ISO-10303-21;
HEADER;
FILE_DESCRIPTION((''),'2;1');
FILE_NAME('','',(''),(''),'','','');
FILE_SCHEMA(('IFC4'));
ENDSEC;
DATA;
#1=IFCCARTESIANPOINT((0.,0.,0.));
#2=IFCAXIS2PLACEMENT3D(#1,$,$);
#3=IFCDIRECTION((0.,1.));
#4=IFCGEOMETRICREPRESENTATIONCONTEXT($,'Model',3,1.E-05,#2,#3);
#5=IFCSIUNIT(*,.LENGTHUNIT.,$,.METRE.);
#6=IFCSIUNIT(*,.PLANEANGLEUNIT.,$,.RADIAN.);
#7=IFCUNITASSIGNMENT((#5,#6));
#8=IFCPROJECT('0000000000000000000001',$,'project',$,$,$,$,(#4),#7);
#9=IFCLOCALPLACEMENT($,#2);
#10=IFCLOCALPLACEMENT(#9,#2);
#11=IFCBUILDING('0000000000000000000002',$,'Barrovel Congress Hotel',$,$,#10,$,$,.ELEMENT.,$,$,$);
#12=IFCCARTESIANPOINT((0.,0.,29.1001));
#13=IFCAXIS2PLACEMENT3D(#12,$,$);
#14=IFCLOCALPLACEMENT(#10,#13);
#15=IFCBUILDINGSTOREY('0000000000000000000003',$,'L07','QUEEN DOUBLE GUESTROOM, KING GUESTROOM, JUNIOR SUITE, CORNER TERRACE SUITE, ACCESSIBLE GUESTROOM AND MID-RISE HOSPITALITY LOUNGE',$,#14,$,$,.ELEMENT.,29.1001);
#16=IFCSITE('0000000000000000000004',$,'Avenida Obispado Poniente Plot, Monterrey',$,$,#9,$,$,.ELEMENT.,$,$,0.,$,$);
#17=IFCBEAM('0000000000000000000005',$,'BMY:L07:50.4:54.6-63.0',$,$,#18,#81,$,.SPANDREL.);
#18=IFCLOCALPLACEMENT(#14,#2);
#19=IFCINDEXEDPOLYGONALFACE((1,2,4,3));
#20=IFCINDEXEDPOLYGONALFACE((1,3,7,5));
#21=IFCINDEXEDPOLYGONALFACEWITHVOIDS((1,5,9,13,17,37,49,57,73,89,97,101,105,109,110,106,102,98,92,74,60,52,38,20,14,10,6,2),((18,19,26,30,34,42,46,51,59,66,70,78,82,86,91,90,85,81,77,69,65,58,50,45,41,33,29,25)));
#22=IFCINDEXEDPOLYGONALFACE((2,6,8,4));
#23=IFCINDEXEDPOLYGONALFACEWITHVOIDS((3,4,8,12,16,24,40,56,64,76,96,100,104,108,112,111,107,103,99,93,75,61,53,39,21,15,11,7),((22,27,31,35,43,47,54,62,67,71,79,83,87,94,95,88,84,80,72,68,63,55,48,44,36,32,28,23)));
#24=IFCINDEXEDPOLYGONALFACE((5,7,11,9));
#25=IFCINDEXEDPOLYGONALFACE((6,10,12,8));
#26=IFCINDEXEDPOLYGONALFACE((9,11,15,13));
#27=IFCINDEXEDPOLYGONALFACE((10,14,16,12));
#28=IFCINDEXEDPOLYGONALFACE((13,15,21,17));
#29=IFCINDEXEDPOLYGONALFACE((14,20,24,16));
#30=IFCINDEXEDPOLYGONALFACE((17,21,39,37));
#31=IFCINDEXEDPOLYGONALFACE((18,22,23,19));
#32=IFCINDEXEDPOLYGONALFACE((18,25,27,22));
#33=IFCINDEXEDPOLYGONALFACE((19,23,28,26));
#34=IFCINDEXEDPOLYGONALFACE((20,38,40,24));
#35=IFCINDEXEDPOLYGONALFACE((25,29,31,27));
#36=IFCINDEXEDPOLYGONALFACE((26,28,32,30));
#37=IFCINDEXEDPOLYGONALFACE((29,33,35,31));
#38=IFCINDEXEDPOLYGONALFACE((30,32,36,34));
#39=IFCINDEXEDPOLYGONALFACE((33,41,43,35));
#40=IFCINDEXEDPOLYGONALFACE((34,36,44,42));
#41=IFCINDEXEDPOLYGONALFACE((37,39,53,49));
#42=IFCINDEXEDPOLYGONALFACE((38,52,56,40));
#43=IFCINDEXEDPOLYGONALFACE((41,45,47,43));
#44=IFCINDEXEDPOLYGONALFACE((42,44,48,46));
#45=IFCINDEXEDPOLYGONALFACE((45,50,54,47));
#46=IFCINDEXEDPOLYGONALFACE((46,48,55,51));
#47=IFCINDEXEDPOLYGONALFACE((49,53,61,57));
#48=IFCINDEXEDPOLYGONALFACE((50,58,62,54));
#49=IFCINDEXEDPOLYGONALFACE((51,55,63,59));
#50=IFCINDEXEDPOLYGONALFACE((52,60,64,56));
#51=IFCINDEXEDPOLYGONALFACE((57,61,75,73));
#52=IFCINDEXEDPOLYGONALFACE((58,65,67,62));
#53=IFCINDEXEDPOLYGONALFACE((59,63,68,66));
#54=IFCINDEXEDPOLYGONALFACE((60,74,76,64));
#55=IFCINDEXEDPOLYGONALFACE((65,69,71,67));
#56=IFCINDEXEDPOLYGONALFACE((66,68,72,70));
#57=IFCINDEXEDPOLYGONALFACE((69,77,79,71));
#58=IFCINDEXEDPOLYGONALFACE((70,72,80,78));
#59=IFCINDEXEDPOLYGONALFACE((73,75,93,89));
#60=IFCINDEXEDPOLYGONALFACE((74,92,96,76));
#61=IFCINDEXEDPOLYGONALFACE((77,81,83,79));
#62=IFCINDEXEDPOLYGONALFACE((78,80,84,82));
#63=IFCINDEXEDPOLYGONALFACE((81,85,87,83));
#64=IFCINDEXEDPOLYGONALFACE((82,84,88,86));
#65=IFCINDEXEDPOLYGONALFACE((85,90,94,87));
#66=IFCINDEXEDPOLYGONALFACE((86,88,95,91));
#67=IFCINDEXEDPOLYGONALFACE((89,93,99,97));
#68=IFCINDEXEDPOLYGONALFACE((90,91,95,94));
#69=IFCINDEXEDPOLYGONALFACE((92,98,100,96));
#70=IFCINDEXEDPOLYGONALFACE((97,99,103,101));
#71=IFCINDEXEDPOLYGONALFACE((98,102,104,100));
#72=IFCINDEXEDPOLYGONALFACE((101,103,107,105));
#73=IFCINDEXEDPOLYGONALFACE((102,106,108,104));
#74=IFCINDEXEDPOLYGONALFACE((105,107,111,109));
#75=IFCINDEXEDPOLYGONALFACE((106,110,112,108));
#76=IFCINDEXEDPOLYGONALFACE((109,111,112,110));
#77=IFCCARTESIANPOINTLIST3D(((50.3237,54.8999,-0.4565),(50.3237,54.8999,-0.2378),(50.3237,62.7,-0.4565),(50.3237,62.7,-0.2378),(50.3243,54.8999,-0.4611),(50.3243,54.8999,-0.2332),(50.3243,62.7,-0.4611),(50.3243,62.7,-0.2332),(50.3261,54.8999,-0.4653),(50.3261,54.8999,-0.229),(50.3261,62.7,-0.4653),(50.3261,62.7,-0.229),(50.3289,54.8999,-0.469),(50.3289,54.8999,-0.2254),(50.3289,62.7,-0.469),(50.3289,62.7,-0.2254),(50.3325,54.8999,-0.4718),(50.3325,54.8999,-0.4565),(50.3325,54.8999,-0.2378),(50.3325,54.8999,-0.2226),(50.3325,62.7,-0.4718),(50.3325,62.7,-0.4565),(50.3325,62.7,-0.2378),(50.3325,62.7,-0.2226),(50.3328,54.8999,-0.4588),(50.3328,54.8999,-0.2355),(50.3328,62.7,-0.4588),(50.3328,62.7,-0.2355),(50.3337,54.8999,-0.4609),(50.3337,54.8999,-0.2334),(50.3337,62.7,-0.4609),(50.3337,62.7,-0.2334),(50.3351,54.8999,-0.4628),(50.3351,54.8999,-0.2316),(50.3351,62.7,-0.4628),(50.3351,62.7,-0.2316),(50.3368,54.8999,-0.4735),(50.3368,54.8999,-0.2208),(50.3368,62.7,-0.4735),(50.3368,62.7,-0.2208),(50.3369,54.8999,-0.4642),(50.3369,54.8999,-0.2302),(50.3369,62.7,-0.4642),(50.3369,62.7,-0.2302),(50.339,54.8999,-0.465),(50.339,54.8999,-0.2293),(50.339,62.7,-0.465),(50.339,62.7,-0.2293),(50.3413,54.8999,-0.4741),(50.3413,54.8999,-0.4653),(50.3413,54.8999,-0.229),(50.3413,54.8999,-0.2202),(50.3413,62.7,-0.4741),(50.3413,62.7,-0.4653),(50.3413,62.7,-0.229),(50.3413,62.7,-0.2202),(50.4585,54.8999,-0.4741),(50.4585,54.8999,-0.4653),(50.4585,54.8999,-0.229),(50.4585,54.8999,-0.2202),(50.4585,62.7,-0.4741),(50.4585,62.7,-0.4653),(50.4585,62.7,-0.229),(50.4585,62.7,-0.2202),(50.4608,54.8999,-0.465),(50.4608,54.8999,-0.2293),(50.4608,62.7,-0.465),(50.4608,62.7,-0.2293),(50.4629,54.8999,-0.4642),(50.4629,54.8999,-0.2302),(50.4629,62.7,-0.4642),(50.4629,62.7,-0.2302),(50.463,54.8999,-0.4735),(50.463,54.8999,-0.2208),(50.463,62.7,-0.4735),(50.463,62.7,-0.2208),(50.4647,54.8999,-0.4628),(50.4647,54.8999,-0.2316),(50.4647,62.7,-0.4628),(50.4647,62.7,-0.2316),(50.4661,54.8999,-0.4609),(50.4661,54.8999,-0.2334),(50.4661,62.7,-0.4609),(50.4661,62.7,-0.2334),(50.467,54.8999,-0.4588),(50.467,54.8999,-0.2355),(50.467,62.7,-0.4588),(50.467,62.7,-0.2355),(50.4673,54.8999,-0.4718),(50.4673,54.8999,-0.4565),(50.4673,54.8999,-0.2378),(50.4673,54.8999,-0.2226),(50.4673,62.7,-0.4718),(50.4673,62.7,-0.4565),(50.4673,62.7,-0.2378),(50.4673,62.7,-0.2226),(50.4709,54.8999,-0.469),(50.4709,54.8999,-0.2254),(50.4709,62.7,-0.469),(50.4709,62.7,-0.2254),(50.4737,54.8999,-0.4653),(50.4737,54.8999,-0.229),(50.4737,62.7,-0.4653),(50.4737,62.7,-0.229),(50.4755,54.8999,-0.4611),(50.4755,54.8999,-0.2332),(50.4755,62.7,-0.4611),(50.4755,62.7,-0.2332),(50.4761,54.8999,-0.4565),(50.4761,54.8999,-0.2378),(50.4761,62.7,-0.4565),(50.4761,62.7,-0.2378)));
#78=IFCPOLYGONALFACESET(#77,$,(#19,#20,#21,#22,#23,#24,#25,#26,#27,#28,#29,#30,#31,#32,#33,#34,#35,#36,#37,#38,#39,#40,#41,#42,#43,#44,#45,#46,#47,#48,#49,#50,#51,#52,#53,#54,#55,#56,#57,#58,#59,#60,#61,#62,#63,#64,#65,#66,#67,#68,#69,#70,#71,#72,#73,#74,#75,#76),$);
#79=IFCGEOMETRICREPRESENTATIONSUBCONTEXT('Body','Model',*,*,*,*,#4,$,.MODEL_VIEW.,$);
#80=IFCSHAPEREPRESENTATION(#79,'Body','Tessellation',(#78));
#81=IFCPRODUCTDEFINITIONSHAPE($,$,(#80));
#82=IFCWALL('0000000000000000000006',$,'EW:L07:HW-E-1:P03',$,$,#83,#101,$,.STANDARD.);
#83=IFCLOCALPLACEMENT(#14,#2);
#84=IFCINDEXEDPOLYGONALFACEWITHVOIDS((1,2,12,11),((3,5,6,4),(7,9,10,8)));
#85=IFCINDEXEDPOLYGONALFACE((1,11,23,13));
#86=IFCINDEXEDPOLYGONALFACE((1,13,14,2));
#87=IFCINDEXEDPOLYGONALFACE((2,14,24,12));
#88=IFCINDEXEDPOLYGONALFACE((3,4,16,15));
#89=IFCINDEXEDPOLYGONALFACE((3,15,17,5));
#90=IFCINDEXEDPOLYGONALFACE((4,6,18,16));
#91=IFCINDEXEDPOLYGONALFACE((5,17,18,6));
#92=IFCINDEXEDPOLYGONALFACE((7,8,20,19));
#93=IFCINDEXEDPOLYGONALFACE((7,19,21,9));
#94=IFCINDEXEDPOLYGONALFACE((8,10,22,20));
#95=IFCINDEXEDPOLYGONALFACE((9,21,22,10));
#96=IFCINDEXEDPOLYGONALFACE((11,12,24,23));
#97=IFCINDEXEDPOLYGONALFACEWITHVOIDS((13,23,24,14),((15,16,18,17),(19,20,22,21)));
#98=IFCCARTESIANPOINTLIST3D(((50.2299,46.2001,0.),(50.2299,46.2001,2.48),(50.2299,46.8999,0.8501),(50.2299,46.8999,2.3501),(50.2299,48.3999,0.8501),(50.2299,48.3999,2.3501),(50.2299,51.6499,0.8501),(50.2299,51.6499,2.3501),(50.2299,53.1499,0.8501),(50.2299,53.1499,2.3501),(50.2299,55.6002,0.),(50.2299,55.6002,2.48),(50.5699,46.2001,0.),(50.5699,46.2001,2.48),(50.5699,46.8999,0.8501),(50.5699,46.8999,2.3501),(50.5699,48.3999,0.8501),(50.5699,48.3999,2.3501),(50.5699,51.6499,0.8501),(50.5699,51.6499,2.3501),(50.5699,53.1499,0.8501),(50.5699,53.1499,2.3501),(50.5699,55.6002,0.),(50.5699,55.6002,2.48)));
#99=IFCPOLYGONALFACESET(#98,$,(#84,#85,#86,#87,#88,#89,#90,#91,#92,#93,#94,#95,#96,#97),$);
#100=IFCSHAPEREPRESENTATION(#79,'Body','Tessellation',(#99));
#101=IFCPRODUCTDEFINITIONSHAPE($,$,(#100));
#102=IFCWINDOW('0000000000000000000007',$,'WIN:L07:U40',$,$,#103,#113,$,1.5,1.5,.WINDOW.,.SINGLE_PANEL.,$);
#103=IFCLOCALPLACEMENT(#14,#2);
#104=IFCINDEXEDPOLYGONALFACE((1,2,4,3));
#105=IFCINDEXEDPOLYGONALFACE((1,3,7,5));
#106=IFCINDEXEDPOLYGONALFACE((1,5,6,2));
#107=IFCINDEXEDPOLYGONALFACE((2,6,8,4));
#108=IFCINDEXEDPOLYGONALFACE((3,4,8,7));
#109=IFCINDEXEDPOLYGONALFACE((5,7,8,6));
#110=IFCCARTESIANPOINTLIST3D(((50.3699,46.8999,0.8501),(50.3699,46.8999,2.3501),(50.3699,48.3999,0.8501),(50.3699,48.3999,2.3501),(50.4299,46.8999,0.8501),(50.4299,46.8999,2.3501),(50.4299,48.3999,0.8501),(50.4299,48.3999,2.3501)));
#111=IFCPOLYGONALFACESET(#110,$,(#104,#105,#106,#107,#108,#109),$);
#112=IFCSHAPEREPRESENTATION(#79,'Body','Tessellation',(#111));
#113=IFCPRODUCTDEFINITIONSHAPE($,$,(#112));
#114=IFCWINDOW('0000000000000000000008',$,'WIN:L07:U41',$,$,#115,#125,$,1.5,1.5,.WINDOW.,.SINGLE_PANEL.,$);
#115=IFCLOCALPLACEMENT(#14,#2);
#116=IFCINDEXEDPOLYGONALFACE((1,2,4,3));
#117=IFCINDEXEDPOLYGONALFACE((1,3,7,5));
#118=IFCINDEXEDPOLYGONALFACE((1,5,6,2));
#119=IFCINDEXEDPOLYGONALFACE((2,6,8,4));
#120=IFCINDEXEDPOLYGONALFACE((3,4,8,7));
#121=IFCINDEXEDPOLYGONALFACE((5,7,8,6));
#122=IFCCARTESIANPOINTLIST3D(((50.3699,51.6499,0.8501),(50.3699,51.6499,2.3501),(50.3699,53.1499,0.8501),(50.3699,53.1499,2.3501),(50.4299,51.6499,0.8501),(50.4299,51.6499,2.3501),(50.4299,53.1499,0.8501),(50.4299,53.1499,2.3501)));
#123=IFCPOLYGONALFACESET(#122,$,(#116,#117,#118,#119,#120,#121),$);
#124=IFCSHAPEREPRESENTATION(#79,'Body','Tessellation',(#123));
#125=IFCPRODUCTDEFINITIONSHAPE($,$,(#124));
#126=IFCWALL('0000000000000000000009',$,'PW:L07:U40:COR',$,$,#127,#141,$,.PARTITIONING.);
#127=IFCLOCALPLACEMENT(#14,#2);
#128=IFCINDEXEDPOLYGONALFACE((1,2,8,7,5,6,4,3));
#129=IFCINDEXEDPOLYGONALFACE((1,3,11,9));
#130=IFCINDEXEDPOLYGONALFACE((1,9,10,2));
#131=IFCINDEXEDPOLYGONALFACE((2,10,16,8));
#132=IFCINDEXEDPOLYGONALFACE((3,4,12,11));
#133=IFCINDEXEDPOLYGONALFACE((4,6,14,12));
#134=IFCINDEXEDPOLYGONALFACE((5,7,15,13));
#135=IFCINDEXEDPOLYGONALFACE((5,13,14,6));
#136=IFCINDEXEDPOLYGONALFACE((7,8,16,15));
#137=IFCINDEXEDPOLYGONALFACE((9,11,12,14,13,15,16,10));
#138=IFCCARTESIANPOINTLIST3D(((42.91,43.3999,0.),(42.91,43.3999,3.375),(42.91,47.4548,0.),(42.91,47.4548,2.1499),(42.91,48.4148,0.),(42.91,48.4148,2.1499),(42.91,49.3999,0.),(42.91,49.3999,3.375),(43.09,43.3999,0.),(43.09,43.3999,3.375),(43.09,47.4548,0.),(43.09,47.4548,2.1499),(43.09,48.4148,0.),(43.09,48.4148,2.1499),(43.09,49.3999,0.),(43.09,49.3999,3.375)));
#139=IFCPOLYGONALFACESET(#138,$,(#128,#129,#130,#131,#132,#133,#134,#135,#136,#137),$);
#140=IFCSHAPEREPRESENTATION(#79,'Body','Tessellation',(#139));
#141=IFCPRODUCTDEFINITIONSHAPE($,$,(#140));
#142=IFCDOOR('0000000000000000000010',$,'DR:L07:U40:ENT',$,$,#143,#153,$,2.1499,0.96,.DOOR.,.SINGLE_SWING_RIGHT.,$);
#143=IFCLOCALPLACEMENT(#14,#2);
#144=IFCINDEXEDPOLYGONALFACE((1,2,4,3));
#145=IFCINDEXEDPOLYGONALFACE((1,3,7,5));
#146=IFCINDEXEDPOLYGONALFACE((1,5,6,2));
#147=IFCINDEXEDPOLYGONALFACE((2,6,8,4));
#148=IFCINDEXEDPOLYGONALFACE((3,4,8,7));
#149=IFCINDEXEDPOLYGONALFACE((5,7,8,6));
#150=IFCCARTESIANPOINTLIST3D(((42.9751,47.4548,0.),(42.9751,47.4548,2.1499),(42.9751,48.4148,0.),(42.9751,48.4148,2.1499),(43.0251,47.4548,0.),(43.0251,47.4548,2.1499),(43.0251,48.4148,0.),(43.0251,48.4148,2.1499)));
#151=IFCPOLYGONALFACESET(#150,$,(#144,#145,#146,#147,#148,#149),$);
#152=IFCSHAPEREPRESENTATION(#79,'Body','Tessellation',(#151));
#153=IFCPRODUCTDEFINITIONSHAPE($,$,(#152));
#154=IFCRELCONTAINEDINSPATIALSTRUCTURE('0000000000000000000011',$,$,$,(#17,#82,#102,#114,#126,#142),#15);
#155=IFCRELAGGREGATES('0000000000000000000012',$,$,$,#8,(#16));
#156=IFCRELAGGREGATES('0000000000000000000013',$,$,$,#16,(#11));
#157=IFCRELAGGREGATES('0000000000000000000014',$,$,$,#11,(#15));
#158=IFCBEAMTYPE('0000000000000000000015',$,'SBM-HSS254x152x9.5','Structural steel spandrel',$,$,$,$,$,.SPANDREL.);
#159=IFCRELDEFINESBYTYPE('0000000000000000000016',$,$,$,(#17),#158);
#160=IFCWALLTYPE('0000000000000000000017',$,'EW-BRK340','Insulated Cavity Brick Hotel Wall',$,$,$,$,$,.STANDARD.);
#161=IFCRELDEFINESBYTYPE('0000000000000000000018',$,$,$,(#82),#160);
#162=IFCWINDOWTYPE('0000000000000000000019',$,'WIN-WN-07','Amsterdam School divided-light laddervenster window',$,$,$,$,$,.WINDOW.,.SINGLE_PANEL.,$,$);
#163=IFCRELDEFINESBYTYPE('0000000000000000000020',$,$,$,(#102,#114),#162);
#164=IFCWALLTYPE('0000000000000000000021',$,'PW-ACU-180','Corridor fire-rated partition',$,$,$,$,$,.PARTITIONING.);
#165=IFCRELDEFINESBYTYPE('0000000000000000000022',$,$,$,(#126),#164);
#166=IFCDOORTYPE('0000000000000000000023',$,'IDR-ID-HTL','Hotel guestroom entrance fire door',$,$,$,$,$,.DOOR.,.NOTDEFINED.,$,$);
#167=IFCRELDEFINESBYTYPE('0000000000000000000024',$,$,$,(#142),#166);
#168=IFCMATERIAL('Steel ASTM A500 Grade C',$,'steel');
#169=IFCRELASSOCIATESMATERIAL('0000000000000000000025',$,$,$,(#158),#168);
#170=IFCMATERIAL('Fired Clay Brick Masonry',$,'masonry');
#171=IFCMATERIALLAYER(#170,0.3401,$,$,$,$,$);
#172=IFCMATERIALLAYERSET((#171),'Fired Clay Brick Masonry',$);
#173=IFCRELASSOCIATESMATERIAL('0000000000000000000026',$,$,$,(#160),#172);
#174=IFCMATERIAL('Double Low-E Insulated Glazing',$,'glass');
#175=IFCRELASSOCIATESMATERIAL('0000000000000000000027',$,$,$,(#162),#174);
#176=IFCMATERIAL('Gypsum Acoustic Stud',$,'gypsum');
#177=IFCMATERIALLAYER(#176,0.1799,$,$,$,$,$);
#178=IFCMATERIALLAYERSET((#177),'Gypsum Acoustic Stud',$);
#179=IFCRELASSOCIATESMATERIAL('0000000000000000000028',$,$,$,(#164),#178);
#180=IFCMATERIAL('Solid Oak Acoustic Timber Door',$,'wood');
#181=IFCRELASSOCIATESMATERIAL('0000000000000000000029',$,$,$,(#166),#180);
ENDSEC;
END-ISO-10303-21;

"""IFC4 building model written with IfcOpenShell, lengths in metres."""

from ifc_helpers import new_model, si_unit, direction, frame, frame_2d, origin, origin_2d, place, context, subcontext, project, spatial, rectangle, hollow_rectangle, extrude, material, layer, layer_set, material_profile, profile_set, type_object, element, fill, save


model = new_model("IFC4")

# Units and contexts
model_context = context("Model", 3, precision=1e-05, world=origin(), true_north=direction((0.0, 1.0)))
body_context = subcontext(model_context, "Body", "Model", "MODEL_VIEW")
ifc_project = project(units=[si_unit("LENGTHUNIT", "METRE"), si_unit("PLANEANGLEUNIT", "RADIAN")], contexts=[model_context])

# Site, building, storey
site_placement = place(None, origin())
site = spatial("IfcSite", under=ifc_project, at=site_placement, Name="Avenida Obispado Poniente Plot, Monterrey", CompositionType="ELEMENT", RefElevation=0.0)
building_placement = place(site_placement, origin())
building = spatial("IfcBuilding", under=site, at=building_placement, Name="Barrovel Congress Hotel", CompositionType="ELEMENT")
storey_placement = place(building_placement, frame((0.0, 0.0, 29.1001)))
storey = spatial("IfcBuildingStorey", under=building, at=storey_placement, Name="L07", Description="QUEEN DOUBLE GUESTROOM, KING GUESTROOM, JUNIOR SUITE, CORNER TERRACE SUITE, ACCESSIBLE GUESTROOM AND MID-RISE HOSPITALITY LOUNGE", CompositionType="ELEMENT", Elevation=29.1001)

# Beam
ifc_material_1 = material(Name="Steel ASTM A500 Grade C", Category="steel")
ifc_material_profile_1 = material_profile(ifc_material_1, hollow_rectangle(XDim=0.1523, YDim=0.2539, WallThickness=0.0088, InnerFilletRadius=0.0088, OuterFilletRadius=0.0176, at=origin_2d()), Name="HSS254x152x9.5")
ifc_profile_set_1 = profile_set([ifc_material_profile_1], Name="Steel ASTM A500 Grade C")
beam_type_1 = type_object("IfcBeamType", Name="SBM-HSS254x152x9.5", Description="Structural steel spandrel", PredefinedType="SPANDREL", material=ifc_profile_set_1)
beam_1_placement = place(storey_placement, frame((50.3999, 54.8999, -0.3472), z_axis=(0.0, 1.0, 0.0), x_axis=(-1.0, 0.0, 0.0)))
element("IfcBeam", 1, at=beam_1_placement, inside=storey, type_object=beam_type_1, Name="BMY:L07:50.4:54.6-63.0", PredefinedType="SPANDREL", context=body_context, shape_type="SweptSolid", body=[
    extrude(hollow_rectangle(XDim=0.1523, YDim=0.2539, WallThickness=0.0088, InnerFilletRadius=0.0088, OuterFilletRadius=0.0176, at=origin_2d()), origin(), (0.0, 0.0, 1.0), 7.8),
])

# Wall, openings, windows
ifc_material_2 = material(Name="Fired Clay Brick Masonry", Category="masonry")
ifc_layer_1 = layer(ifc_material_2, 0.3401)
ifc_layer_set_1 = layer_set([ifc_layer_1], Name="Fired Clay Brick Masonry")
wall_type_1 = type_object("IfcWallType", Name="EW-BRK340", Description="Insulated Cavity Brick Hotel Wall", PredefinedType="STANDARD", material=ifc_layer_set_1)
wall_1_placement = place(storey_placement, frame((50.3999, 46.2, 0.0), z_axis=(0.0, 0.0, 1.0), x_axis=(0.0, 1.0, 0.0)))
wall_1 = element("IfcWall", 2, at=wall_1_placement, inside=storey, type_object=wall_type_1, Name="EW:L07:HW-E-1:P03", PredefinedType="STANDARD", context=body_context, shape_type="SweptSolid", body=[
    extrude(rectangle(XDim=9.4001, YDim=0.3401, at=frame_2d((4.7002, 0.0))), origin(), (0.0, 0.0, 1.0), 2.48),
])
opening_1_placement = place(wall_1_placement, frame((0.7, 0.0, 0.8501)))
opening_1 = element("IfcOpeningElement", 3, at=opening_1_placement, cuts=wall_1, PredefinedType="OPENING", context=body_context, shape_type="SweptSolid", body=[
    extrude(rectangle(XDim=1.5, YDim=1.5, at=frame_2d((0.75, 0.75))), frame((0.0, 0.1802, 0.0), z_axis=(0.0, -1.0, 0.0), x_axis=(1.0, 0.0, 0.0)), (0.0, 0.0, 1.0), 0.3601),
])
opening_2_placement = place(wall_1_placement, frame((5.45, 0.0, 0.8501)))
opening_2 = element("IfcOpeningElement", 4, at=opening_2_placement, cuts=wall_1, PredefinedType="OPENING", context=body_context, shape_type="SweptSolid", body=[
    extrude(rectangle(XDim=1.5, YDim=1.5, at=frame_2d((0.75, 0.75))), frame((0.0, 0.1802, 0.0), z_axis=(0.0, -1.0, 0.0), x_axis=(1.0, 0.0, 0.0)), (0.0, 0.0, 1.0), 0.3601),
])
ifc_material_3 = material(Name="Double Low-E Insulated Glazing", Category="glass")
window_type = type_object("IfcWindowType", Name="WIN-WN-07", Description="Amsterdam School divided-light laddervenster window", PartitioningType="SINGLE_PANEL", PredefinedType="WINDOW", material=ifc_material_3)
window_1_placement = place(opening_1_placement, origin())
window_1 = element("IfcWindow", 5, at=window_1_placement, inside=storey, type_object=window_type, Name="WIN:L07:U40", OverallHeight=1.5, OverallWidth=1.5, PartitioningType="SINGLE_PANEL", PredefinedType="WINDOW", context=body_context, shape_type="SweptSolid", body=[
    extrude(rectangle(XDim=1.5, YDim=1.5, at=frame_2d((0.75, 0.75))), frame((0.0, 0.03, 0.0), z_axis=(0.0, -1.0, 0.0), x_axis=(1.0, 0.0, 0.0)), (0.0, 0.0, 1.0), 0.0601),
])
fill(opening_1, window_1)
window_2_placement = place(opening_2_placement, origin())
window_2 = element("IfcWindow", 6, at=window_2_placement, inside=storey, type_object=window_type, Name="WIN:L07:U41", OverallHeight=1.5, OverallWidth=1.5, PartitioningType="SINGLE_PANEL", PredefinedType="WINDOW", context=body_context, shape_type="SweptSolid", body=[
    extrude(rectangle(XDim=1.5, YDim=1.5, at=frame_2d((0.75, 0.75))), frame((0.0, 0.03, 0.0), z_axis=(0.0, -1.0, 0.0), x_axis=(1.0, 0.0, 0.0)), (0.0, 0.0, 1.0), 0.0601),
])
fill(opening_2, window_2)

# Wall, opening, door
ifc_material_4 = material(Name="Gypsum Acoustic Stud", Category="gypsum")
ifc_layer_2 = layer(ifc_material_4, 0.1799)
ifc_layer_set_2 = layer_set([ifc_layer_2], Name="Gypsum Acoustic Stud")
wall_type_2 = type_object("IfcWallType", Name="PW-ACU-180", Description="Corridor fire-rated partition", PredefinedType="PARTITIONING", material=ifc_layer_set_2)
wall_2_placement = place(storey_placement, frame((43.0, 43.3999, 0.0), z_axis=(0.0, 0.0, 1.0), x_axis=(0.0, 1.0, 0.0)))
wall_2 = element("IfcWall", 7, at=wall_2_placement, inside=storey, type_object=wall_type_2, Name="PW:L07:U40:COR", PredefinedType="PARTITIONING", context=body_context, shape_type="SweptSolid", body=[
    extrude(rectangle(XDim=6.0, YDim=0.1799, at=frame_2d((3.0, 0.0))), origin(), (0.0, 0.0, 1.0), 3.375),
])
opening_3_placement = place(wall_2_placement, frame((4.0549, 0.0, 0.0)))
opening_3 = element("IfcOpeningElement", 8, at=opening_3_placement, cuts=wall_2, PredefinedType="OPENING", context=body_context, shape_type="SweptSolid", body=[
    extrude(rectangle(XDim=0.96, YDim=2.1499, at=frame_2d((0.48, 1.075))), frame((0.0, 0.1001, 0.0), z_axis=(0.0, -1.0, 0.0), x_axis=(1.0, 0.0, 0.0)), (0.0, 0.0, 1.0), 0.2),
])
ifc_material_5 = material(Name="Solid Oak Acoustic Timber Door", Category="wood")
door_type_1 = type_object("IfcDoorType", Name="IDR-ID-HTL", Description="Hotel guestroom entrance fire door", OperationType="NOTDEFINED", PredefinedType="DOOR", material=ifc_material_5)
door_1_placement = place(opening_3_placement, origin())
door_1 = element("IfcDoor", 9, at=door_1_placement, inside=storey, type_object=door_type_1, Name="DR:L07:U40:ENT", OperationType="SINGLE_SWING_RIGHT", OverallHeight=2.1499, OverallWidth=0.96, PredefinedType="DOOR", context=body_context, shape_type="SweptSolid", body=[
    extrude(rectangle(XDim=0.96, YDim=2.1499, at=frame_2d((0.48, 1.075))), frame((0.0, 0.0249, 0.0), z_axis=(0.0, -1.0, 0.0), x_axis=(1.0, 0.0, 0.0)), (0.0, 0.0, 1.0), 0.05),
])
fill(opening_3, door_1)

save(model, "model.ifc")
